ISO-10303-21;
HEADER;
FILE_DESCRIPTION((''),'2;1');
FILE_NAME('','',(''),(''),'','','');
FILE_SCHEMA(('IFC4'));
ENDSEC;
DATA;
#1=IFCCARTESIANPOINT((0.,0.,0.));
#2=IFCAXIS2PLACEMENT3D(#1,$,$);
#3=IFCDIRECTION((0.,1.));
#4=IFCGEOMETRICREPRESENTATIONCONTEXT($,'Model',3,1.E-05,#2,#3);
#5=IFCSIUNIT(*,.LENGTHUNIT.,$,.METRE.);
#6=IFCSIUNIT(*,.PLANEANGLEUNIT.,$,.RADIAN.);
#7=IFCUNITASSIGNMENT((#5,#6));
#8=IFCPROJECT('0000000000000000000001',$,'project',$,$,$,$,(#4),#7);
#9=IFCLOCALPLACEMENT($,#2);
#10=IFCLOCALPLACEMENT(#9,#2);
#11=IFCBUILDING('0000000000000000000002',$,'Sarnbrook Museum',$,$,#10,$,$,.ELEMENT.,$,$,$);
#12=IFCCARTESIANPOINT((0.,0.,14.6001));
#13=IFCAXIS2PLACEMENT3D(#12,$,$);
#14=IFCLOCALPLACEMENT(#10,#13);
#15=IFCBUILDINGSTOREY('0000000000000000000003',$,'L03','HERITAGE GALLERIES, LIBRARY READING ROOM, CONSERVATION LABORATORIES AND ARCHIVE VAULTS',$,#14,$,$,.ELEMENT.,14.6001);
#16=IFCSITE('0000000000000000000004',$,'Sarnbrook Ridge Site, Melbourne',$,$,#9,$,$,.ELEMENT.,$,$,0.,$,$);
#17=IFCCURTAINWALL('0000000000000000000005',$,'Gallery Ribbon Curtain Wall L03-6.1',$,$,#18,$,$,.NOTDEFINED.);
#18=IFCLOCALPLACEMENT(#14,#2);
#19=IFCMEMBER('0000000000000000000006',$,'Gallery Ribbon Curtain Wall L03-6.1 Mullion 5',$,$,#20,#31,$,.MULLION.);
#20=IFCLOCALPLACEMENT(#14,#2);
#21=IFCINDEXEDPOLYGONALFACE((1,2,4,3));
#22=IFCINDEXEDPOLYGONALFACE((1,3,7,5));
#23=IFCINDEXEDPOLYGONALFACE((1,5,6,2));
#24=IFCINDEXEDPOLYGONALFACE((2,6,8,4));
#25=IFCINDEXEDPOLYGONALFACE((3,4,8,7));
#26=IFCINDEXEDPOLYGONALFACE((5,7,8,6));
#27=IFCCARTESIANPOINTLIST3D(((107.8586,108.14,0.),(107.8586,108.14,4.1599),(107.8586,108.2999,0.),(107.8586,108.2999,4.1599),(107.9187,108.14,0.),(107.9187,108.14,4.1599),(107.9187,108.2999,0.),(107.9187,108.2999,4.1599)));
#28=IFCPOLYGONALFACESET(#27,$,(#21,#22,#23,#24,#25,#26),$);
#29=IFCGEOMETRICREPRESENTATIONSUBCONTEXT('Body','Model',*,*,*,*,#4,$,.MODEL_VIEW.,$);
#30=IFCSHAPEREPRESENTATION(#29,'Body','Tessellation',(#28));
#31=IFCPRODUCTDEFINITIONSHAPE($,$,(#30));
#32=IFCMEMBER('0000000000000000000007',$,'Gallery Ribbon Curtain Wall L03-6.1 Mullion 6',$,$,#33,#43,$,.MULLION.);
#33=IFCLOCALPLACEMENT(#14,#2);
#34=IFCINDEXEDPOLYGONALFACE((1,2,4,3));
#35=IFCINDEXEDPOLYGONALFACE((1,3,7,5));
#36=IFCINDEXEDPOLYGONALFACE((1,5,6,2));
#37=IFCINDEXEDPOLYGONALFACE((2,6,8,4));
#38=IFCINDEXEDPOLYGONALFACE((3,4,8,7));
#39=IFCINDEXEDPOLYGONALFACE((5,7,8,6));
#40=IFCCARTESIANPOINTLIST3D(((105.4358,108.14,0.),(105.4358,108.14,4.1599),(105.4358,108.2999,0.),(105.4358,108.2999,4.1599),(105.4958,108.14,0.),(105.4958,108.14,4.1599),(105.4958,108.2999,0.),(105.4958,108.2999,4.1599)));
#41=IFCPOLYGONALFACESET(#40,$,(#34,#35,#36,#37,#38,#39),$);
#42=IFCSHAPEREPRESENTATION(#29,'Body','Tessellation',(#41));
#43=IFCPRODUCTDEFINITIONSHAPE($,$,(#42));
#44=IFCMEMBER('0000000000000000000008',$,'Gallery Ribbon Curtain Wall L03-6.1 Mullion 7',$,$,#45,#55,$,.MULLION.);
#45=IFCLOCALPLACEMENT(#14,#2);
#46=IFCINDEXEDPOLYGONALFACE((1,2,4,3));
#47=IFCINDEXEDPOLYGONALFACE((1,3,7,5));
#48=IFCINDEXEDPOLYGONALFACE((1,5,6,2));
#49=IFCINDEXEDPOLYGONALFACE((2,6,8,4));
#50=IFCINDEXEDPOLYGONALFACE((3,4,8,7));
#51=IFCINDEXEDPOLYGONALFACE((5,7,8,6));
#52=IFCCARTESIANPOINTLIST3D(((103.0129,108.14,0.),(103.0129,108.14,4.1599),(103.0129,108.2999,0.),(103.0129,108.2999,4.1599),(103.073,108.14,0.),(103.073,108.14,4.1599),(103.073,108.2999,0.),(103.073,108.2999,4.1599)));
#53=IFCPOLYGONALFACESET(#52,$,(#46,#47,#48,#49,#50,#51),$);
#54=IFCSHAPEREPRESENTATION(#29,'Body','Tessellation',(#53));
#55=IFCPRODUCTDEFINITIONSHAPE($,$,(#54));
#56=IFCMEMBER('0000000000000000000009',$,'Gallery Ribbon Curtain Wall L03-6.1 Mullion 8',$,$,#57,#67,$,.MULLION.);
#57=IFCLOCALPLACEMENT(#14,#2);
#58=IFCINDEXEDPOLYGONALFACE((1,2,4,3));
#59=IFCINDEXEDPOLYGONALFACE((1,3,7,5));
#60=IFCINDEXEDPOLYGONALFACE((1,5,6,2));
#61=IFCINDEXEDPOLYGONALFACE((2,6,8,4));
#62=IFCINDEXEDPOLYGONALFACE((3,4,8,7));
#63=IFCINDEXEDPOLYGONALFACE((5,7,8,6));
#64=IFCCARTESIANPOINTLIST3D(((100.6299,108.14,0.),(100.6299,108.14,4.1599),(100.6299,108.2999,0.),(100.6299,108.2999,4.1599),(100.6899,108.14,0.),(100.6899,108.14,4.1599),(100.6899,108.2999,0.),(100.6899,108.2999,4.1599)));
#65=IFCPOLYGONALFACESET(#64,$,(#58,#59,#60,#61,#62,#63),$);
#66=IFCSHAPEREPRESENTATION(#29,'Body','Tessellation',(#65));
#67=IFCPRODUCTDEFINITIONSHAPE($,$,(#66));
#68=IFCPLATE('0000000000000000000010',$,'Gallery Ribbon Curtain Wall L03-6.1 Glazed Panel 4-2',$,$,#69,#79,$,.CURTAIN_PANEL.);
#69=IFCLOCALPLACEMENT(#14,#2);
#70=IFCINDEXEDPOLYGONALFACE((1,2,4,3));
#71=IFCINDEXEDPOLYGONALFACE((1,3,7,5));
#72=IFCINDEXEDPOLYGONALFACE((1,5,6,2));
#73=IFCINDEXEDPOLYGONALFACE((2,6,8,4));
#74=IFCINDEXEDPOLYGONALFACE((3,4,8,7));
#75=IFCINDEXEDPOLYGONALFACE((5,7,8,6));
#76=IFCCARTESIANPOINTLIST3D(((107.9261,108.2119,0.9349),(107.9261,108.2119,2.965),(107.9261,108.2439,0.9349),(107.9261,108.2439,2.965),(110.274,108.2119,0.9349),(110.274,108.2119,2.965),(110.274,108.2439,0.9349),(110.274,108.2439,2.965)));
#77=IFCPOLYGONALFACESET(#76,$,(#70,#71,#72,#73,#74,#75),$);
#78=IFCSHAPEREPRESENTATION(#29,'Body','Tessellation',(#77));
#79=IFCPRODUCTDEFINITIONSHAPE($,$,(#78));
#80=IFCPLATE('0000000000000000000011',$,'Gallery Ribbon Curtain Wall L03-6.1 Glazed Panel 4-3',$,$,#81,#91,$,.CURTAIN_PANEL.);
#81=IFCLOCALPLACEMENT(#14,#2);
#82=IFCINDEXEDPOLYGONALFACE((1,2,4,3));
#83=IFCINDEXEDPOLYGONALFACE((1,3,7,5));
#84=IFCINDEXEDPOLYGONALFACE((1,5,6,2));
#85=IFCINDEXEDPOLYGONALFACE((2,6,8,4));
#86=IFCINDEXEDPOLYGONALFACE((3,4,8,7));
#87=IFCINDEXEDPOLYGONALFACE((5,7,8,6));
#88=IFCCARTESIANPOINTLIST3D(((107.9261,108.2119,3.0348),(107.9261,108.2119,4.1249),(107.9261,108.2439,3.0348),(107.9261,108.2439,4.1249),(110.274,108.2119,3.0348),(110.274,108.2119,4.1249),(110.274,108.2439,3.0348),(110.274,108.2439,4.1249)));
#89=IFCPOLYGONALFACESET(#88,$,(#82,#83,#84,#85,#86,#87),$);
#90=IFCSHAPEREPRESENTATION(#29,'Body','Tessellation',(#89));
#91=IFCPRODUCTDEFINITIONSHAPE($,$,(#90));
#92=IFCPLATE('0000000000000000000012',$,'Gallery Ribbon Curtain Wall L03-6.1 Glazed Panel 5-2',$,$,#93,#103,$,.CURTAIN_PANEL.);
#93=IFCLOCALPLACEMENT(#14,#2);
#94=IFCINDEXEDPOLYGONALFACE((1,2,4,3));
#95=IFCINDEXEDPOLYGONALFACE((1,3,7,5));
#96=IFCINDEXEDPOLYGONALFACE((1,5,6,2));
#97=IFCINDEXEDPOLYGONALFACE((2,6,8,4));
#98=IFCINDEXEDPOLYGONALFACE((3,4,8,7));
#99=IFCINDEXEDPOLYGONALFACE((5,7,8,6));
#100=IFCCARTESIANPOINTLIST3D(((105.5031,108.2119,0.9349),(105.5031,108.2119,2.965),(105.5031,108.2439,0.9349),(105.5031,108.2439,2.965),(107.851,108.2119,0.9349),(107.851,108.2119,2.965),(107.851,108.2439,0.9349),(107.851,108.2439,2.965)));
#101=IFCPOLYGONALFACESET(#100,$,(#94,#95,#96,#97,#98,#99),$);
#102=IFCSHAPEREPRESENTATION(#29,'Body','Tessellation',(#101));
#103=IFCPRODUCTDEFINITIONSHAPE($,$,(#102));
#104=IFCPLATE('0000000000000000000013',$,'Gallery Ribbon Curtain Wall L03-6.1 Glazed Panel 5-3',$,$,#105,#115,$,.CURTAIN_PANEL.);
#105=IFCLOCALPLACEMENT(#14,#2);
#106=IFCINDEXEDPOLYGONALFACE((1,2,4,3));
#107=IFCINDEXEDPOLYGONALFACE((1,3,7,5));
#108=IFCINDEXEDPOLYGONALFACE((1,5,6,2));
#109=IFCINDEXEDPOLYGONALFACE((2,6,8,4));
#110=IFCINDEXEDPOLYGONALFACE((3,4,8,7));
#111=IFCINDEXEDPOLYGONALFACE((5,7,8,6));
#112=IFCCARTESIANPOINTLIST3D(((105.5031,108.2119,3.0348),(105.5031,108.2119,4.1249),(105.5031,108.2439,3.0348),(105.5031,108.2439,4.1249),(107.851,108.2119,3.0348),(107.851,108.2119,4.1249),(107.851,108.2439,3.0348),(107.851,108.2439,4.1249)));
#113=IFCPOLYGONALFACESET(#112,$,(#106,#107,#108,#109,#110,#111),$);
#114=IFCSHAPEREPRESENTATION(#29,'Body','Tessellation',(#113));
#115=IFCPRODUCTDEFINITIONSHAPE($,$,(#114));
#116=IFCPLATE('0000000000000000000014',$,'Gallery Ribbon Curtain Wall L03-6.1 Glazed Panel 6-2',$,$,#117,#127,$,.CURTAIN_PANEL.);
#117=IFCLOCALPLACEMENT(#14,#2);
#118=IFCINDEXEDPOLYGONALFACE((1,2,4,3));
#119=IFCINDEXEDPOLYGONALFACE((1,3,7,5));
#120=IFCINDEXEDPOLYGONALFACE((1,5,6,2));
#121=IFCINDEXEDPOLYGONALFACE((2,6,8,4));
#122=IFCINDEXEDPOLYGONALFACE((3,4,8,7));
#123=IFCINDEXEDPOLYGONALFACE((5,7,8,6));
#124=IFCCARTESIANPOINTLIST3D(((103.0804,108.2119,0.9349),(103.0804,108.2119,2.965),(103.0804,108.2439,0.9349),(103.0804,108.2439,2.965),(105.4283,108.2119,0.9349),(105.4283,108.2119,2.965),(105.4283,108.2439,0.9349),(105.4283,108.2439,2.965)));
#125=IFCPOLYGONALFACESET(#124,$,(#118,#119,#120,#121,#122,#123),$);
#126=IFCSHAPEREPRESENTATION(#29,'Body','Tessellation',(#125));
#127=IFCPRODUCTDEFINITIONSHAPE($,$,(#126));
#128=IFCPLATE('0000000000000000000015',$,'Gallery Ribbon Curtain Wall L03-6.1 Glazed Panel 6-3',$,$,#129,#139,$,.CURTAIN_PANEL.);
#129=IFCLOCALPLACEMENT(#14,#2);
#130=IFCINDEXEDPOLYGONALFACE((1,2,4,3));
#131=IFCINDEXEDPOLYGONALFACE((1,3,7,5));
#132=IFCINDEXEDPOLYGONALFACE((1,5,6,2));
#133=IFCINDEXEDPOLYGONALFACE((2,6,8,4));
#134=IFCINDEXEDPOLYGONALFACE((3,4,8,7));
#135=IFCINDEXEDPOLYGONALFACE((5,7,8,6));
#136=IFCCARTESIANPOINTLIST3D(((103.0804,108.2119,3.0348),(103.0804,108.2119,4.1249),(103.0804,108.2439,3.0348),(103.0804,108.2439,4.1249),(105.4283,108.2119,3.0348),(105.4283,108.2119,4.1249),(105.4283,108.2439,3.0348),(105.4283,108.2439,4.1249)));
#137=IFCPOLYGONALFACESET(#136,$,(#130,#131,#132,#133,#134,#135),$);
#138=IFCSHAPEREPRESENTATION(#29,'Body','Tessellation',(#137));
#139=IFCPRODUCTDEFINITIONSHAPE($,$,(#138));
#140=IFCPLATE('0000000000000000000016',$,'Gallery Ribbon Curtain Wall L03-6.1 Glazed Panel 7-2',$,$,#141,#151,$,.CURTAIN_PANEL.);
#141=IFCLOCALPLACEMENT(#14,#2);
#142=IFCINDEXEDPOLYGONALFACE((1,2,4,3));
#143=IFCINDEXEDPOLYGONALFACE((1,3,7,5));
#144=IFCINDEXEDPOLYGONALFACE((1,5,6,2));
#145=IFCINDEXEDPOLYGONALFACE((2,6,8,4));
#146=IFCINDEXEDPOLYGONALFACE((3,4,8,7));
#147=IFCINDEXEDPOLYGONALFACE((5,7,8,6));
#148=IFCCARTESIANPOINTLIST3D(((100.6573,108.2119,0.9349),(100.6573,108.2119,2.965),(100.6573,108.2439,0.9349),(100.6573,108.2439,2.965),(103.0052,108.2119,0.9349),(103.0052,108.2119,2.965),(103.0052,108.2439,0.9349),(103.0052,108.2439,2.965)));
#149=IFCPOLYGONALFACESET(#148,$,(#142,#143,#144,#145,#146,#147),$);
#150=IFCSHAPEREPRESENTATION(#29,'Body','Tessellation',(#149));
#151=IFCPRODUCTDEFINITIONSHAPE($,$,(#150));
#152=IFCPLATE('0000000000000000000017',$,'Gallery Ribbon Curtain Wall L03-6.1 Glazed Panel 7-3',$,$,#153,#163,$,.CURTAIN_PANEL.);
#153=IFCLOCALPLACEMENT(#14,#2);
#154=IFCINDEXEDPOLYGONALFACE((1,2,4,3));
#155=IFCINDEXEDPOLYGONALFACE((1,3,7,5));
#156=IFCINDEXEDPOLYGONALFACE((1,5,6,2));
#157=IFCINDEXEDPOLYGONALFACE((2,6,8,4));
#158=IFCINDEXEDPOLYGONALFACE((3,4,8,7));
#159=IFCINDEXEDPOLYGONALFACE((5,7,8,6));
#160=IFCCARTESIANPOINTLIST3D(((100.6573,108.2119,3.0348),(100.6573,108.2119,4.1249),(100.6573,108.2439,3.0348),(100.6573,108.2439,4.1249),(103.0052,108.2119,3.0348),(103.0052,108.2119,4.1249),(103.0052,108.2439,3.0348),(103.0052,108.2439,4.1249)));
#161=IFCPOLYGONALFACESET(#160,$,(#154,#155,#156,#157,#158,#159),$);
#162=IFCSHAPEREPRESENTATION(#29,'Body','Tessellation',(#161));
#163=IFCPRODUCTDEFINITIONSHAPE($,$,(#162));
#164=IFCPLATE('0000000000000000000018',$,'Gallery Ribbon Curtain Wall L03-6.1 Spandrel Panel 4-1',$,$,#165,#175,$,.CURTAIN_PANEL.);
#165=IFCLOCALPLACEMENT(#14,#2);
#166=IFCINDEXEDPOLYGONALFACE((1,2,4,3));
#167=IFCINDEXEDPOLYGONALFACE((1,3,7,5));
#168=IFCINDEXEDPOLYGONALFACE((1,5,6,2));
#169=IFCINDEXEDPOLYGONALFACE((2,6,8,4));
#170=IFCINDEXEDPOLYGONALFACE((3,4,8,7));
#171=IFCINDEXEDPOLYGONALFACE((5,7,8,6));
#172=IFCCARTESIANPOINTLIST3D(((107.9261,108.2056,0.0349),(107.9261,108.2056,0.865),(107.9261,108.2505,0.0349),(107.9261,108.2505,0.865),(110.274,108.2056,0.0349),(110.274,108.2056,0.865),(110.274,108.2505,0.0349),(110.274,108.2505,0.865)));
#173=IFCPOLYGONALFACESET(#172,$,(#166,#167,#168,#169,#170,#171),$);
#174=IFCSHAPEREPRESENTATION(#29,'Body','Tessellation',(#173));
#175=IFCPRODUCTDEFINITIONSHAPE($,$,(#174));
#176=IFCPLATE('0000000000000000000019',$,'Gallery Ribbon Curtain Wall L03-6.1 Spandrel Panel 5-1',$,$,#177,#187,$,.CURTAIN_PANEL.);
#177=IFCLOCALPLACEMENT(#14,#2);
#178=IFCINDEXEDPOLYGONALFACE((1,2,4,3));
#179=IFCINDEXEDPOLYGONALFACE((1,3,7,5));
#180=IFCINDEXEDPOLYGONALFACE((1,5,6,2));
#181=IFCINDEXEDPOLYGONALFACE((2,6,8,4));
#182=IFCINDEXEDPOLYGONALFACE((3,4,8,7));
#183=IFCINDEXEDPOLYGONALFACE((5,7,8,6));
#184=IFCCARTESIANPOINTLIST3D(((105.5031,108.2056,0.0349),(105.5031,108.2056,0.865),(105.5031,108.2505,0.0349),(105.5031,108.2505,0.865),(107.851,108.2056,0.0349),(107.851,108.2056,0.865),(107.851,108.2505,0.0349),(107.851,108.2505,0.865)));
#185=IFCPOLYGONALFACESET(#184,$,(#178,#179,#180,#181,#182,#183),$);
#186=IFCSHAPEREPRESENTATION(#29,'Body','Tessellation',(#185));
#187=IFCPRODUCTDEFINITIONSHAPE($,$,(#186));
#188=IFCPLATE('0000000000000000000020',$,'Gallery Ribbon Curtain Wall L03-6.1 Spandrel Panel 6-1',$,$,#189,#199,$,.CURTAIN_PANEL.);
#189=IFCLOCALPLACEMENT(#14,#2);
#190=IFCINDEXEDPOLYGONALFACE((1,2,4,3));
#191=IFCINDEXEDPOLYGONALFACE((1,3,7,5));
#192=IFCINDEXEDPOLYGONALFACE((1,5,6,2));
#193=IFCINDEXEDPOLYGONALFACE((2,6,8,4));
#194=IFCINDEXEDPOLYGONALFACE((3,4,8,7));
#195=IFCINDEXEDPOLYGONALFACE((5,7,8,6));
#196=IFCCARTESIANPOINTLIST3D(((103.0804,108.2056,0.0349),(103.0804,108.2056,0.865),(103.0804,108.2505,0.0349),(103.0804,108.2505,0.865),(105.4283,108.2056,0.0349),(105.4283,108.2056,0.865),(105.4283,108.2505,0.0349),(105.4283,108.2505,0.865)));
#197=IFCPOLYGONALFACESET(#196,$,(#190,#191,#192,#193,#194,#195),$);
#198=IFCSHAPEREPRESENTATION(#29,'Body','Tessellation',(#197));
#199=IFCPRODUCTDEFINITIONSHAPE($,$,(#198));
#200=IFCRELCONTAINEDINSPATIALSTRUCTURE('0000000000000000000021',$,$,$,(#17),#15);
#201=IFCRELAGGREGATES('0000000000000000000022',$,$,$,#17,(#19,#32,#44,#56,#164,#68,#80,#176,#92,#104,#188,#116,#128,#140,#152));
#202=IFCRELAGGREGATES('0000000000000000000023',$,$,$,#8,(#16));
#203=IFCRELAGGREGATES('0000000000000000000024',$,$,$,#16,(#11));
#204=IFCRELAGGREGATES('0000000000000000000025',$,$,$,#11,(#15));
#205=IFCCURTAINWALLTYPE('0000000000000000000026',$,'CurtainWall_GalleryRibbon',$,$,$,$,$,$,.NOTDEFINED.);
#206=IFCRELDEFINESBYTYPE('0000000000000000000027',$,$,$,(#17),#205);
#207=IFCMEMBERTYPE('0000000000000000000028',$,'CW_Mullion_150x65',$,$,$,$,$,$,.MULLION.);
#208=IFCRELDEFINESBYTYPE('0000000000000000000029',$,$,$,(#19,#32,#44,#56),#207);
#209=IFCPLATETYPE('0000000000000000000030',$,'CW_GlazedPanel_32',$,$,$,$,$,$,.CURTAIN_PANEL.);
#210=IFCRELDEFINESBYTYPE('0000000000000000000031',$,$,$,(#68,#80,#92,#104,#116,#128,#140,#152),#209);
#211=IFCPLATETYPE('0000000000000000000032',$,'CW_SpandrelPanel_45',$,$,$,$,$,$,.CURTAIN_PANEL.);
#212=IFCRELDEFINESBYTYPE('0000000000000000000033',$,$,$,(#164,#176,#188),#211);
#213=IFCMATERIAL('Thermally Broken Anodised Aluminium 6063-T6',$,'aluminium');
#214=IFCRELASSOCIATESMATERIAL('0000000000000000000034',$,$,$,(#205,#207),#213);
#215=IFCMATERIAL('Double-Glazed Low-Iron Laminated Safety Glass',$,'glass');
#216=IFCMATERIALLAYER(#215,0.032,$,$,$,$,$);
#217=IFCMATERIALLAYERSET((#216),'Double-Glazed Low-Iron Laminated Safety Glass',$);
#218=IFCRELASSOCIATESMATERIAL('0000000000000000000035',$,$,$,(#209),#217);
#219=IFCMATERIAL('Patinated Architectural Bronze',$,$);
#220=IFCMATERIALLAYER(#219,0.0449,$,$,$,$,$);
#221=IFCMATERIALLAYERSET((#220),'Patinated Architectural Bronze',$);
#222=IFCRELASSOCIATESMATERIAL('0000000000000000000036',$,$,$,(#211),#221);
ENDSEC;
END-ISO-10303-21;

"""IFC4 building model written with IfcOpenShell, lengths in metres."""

from ifc_helpers import new_model, si_unit, direction, frame, origin, origin_2d, place, context, subcontext, project, spatial, rectangle, extrude, material, layer, layer_set, material_profile, profile_set, type_object, element, aggregate, save


model = new_model("IFC4")

# Units and contexts
model_context = context("Model", 3, precision=1e-05, world=origin(), true_north=direction((0.0, 1.0)))
body_context = subcontext(model_context, "Body", "Model", "MODEL_VIEW")
ifc_project = project(units=[si_unit("LENGTHUNIT", "METRE"), si_unit("PLANEANGLEUNIT", "RADIAN")], contexts=[model_context])

# Site, building, storey
site_placement = place(None, origin())
site = spatial("IfcSite", under=ifc_project, at=site_placement, Name="Sarnbrook Ridge Site, Melbourne", CompositionType="ELEMENT", RefElevation=0.0)
building_placement = place(site_placement, origin())
building = spatial("IfcBuilding", under=site, at=building_placement, Name="Sarnbrook Museum", CompositionType="ELEMENT")
storey_placement = place(building_placement, frame((0.0, 0.0, 14.6001)))
storey = spatial("IfcBuildingStorey", under=building, at=storey_placement, Name="L03", Description="HERITAGE GALLERIES, LIBRARY READING ROOM, CONSERVATION LABORATORIES AND ARCHIVE VAULTS", CompositionType="ELEMENT", Elevation=14.6001)

# Curtain wall, members, plates
ifc_material_1 = material(Name="Thermally Broken Anodised Aluminium 6063-T6", Category="aluminium")
curtain_wall_type = type_object("IfcCurtainWallType", Name="CurtainWall_GalleryRibbon", PredefinedType="NOTDEFINED", material=ifc_material_1)
curtain_wall_placement = place(storey_placement, origin())
curtain_wall = element("IfcCurtainWall", 1, at=curtain_wall_placement, inside=storey, type_object=curtain_wall_type, Name="Gallery Ribbon Curtain Wall L03-6.1", PredefinedType="NOTDEFINED")
ifc_material_profile_1 = material_profile(ifc_material_1, rectangle(XDim=0.0601, YDim=0.1599, at=origin_2d()), Name="ALU MULLION 60x160")
ifc_profile_set_1 = profile_set([ifc_material_profile_1], Name="Thermally Broken Anodised Aluminium 6063-T6")
member_type = type_object("IfcMemberType", Name="CW_Mullion_150x65", PredefinedType="MULLION", material=ifc_profile_set_1)
member_1_placement = place(storey_placement, frame((107.8887, 108.22, 0.0), z_axis=(0.0, 0.0, 1.0), x_axis=(1.0, 0.0, 0.0)))
member_1 = element("IfcMember", 2, at=member_1_placement, type_object=member_type, Name="Gallery Ribbon Curtain Wall L03-6.1 Mullion 5", PredefinedType="MULLION", context=body_context, shape_type="SweptSolid", body=[
    extrude(rectangle(XDim=0.0601, YDim=0.1599, at=origin_2d()), origin(), (0.0, 0.0, 1.0), 4.1599),
])
member_2_placement = place(storey_placement, frame((105.4658, 108.22, 0.0), z_axis=(0.0, 0.0, 1.0), x_axis=(1.0, 0.0, 0.0)))
member_2 = element("IfcMember", 3, at=member_2_placement, type_object=member_type, Name="Gallery Ribbon Curtain Wall L03-6.1 Mullion 6", PredefinedType="MULLION", context=body_context, shape_type="SweptSolid", body=[
    extrude(rectangle(XDim=0.0601, YDim=0.1599, at=origin_2d()), origin(), (0.0, 0.0, 1.0), 4.1599),
])
member_3_placement = place(storey_placement, frame((103.043, 108.22, 0.0), z_axis=(0.0, 0.0, 1.0), x_axis=(1.0, 0.0, 0.0)))
member_3 = element("IfcMember", 4, at=member_3_placement, type_object=member_type, Name="Gallery Ribbon Curtain Wall L03-6.1 Mullion 7", PredefinedType="MULLION", context=body_context, shape_type="SweptSolid", body=[
    extrude(rectangle(XDim=0.0601, YDim=0.1599, at=origin_2d()), origin(), (0.0, 0.0, 1.0), 4.1599),
])
member_4_placement = place(storey_placement, frame((100.6599, 108.22, 0.0), z_axis=(0.0, 0.0, 1.0), x_axis=(1.0, 0.0, 0.0)))
member_4 = element("IfcMember", 5, at=member_4_placement, type_object=member_type, Name="Gallery Ribbon Curtain Wall L03-6.1 Mullion 8", PredefinedType="MULLION", context=body_context, shape_type="SweptSolid", body=[
    extrude(rectangle(XDim=0.0601, YDim=0.1599, at=origin_2d()), origin(), (0.0, 0.0, 1.0), 4.1599),
])
ifc_material_2 = material(Name="Double-Glazed Low-Iron Laminated Safety Glass", Category="glass")
ifc_layer_1 = layer(ifc_material_2, 0.032)
ifc_layer_set_1 = layer_set([ifc_layer_1], Name="Double-Glazed Low-Iron Laminated Safety Glass")
plate_type_1 = type_object("IfcPlateType", Name="CW_GlazedPanel_32", PredefinedType="CURTAIN_PANEL", material=ifc_layer_set_1)
plate_1_placement = place(storey_placement, frame((109.1001, 108.2119, 1.95), z_axis=(0.0, 1.0, 0.0), x_axis=(-1.0, 0.0, 0.0)))
plate_1 = element("IfcPlate", 6, at=plate_1_placement, type_object=plate_type_1, Name="Gallery Ribbon Curtain Wall L03-6.1 Glazed Panel 4-2", PredefinedType="CURTAIN_PANEL", context=body_context, shape_type="SweptSolid", body=[
    extrude(rectangle(XDim=2.3479, YDim=2.03, at=origin_2d()), origin(), (0.0, 0.0, 1.0), 0.032),
])
plate_2_placement = place(storey_placement, frame((109.1001, 108.2119, 3.5798), z_axis=(0.0, 1.0, 0.0), x_axis=(-1.0, 0.0, 0.0)))
plate_2 = element("IfcPlate", 7, at=plate_2_placement, type_object=plate_type_1, Name="Gallery Ribbon Curtain Wall L03-6.1 Glazed Panel 4-3", PredefinedType="CURTAIN_PANEL", context=body_context, shape_type="SweptSolid", body=[
    extrude(rectangle(XDim=2.3479, YDim=1.0901, at=origin_2d()), origin(), (0.0, 0.0, 1.0), 0.032),
])
plate_3_placement = place(storey_placement, frame((106.677, 108.2119, 1.95), z_axis=(0.0, 1.0, 0.0), x_axis=(-1.0, 0.0, 0.0)))
plate_3 = element("IfcPlate", 8, at=plate_3_placement, type_object=plate_type_1, Name="Gallery Ribbon Curtain Wall L03-6.1 Glazed Panel 5-2", PredefinedType="CURTAIN_PANEL", context=body_context, shape_type="SweptSolid", body=[
    extrude(rectangle(XDim=2.3479, YDim=2.03, at=origin_2d()), origin(), (0.0, 0.0, 1.0), 0.032),
])
plate_4_placement = place(storey_placement, frame((106.677, 108.2119, 3.5798), z_axis=(0.0, 1.0, 0.0), x_axis=(-1.0, 0.0, 0.0)))
plate_4 = element("IfcPlate", 9, at=plate_4_placement, type_object=plate_type_1, Name="Gallery Ribbon Curtain Wall L03-6.1 Glazed Panel 5-3", PredefinedType="CURTAIN_PANEL", context=body_context, shape_type="SweptSolid", body=[
    extrude(rectangle(XDim=2.3479, YDim=1.0901, at=origin_2d()), origin(), (0.0, 0.0, 1.0), 0.032),
])
plate_5_placement = place(storey_placement, frame((104.2544, 108.2119, 1.95), z_axis=(0.0, 1.0, 0.0), x_axis=(-1.0, 0.0, 0.0)))
plate_5 = element("IfcPlate", 10, at=plate_5_placement, type_object=plate_type_1, Name="Gallery Ribbon Curtain Wall L03-6.1 Glazed Panel 6-2", PredefinedType="CURTAIN_PANEL", context=body_context, shape_type="SweptSolid", body=[
    extrude(rectangle(XDim=2.3479, YDim=2.03, at=origin_2d()), origin(), (0.0, 0.0, 1.0), 0.032),
])
plate_6_placement = place(storey_placement, frame((104.2544, 108.2119, 3.5798), z_axis=(0.0, 1.0, 0.0), x_axis=(-1.0, 0.0, 0.0)))
plate_6 = element("IfcPlate", 11, at=plate_6_placement, type_object=plate_type_1, Name="Gallery Ribbon Curtain Wall L03-6.1 Glazed Panel 6-3", PredefinedType="CURTAIN_PANEL", context=body_context, shape_type="SweptSolid", body=[
    extrude(rectangle(XDim=2.3479, YDim=1.0901, at=origin_2d()), origin(), (0.0, 0.0, 1.0), 0.032),
])
plate_7_placement = place(storey_placement, frame((101.8313, 108.2119, 1.95), z_axis=(0.0, 1.0, 0.0), x_axis=(-1.0, 0.0, 0.0)))
plate_7 = element("IfcPlate", 12, at=plate_7_placement, type_object=plate_type_1, Name="Gallery Ribbon Curtain Wall L03-6.1 Glazed Panel 7-2", PredefinedType="CURTAIN_PANEL", context=body_context, shape_type="SweptSolid", body=[
    extrude(rectangle(XDim=2.3479, YDim=2.03, at=origin_2d()), origin(), (0.0, 0.0, 1.0), 0.032),
])
plate_8_placement = place(storey_placement, frame((101.8313, 108.2119, 3.5798), z_axis=(0.0, 1.0, 0.0), x_axis=(-1.0, 0.0, 0.0)))
plate_8 = element("IfcPlate", 13, at=plate_8_placement, type_object=plate_type_1, Name="Gallery Ribbon Curtain Wall L03-6.1 Glazed Panel 7-3", PredefinedType="CURTAIN_PANEL", context=body_context, shape_type="SweptSolid", body=[
    extrude(rectangle(XDim=2.3479, YDim=1.0901, at=origin_2d()), origin(), (0.0, 0.0, 1.0), 0.032),
])
ifc_material_3 = material(Name="Patinated Architectural Bronze")
ifc_layer_2 = layer(ifc_material_3, 0.0449)
ifc_layer_set_2 = layer_set([ifc_layer_2], Name="Patinated Architectural Bronze")
plate_type_2 = type_object("IfcPlateType", Name="CW_SpandrelPanel_45", PredefinedType="CURTAIN_PANEL", material=ifc_layer_set_2)
plate_9_placement = place(storey_placement, frame((109.1001, 108.2056, 0.45), z_axis=(0.0, 1.0, 0.0), x_axis=(-1.0, 0.0, 0.0)))
plate_9 = element("IfcPlate", 14, at=plate_9_placement, type_object=plate_type_2, Name="Gallery Ribbon Curtain Wall L03-6.1 Spandrel Panel 4-1", PredefinedType="CURTAIN_PANEL", context=body_context, shape_type="SweptSolid", body=[
    extrude(rectangle(XDim=2.3479, YDim=0.8301, at=origin_2d()), origin(), (0.0, 0.0, 1.0), 0.0449),
])
plate_10_placement = place(storey_placement, frame((106.677, 108.2056, 0.45), z_axis=(0.0, 1.0, 0.0), x_axis=(-1.0, 0.0, 0.0)))
plate_10 = element("IfcPlate", 15, at=plate_10_placement, type_object=plate_type_2, Name="Gallery Ribbon Curtain Wall L03-6.1 Spandrel Panel 5-1", PredefinedType="CURTAIN_PANEL", context=body_context, shape_type="SweptSolid", body=[
    extrude(rectangle(XDim=2.3479, YDim=0.8301, at=origin_2d()), origin(), (0.0, 0.0, 1.0), 0.0449),
])
plate_11_placement = place(storey_placement, frame((104.2544, 108.2056, 0.45), z_axis=(0.0, 1.0, 0.0), x_axis=(-1.0, 0.0, 0.0)))
plate_11 = element("IfcPlate", 16, at=plate_11_placement, type_object=plate_type_2, Name="Gallery Ribbon Curtain Wall L03-6.1 Spandrel Panel 6-1", PredefinedType="CURTAIN_PANEL", context=body_context, shape_type="SweptSolid", body=[
    extrude(rectangle(XDim=2.3479, YDim=0.8301, at=origin_2d()), origin(), (0.0, 0.0, 1.0), 0.0449),
])
aggregate(curtain_wall, [member_1, member_2, member_3, member_4, plate_9, plate_1, plate_2, plate_10, plate_3, plate_4, plate_11, plate_5, plate_6, plate_7, plate_8])

save(model, "model.ifc")
